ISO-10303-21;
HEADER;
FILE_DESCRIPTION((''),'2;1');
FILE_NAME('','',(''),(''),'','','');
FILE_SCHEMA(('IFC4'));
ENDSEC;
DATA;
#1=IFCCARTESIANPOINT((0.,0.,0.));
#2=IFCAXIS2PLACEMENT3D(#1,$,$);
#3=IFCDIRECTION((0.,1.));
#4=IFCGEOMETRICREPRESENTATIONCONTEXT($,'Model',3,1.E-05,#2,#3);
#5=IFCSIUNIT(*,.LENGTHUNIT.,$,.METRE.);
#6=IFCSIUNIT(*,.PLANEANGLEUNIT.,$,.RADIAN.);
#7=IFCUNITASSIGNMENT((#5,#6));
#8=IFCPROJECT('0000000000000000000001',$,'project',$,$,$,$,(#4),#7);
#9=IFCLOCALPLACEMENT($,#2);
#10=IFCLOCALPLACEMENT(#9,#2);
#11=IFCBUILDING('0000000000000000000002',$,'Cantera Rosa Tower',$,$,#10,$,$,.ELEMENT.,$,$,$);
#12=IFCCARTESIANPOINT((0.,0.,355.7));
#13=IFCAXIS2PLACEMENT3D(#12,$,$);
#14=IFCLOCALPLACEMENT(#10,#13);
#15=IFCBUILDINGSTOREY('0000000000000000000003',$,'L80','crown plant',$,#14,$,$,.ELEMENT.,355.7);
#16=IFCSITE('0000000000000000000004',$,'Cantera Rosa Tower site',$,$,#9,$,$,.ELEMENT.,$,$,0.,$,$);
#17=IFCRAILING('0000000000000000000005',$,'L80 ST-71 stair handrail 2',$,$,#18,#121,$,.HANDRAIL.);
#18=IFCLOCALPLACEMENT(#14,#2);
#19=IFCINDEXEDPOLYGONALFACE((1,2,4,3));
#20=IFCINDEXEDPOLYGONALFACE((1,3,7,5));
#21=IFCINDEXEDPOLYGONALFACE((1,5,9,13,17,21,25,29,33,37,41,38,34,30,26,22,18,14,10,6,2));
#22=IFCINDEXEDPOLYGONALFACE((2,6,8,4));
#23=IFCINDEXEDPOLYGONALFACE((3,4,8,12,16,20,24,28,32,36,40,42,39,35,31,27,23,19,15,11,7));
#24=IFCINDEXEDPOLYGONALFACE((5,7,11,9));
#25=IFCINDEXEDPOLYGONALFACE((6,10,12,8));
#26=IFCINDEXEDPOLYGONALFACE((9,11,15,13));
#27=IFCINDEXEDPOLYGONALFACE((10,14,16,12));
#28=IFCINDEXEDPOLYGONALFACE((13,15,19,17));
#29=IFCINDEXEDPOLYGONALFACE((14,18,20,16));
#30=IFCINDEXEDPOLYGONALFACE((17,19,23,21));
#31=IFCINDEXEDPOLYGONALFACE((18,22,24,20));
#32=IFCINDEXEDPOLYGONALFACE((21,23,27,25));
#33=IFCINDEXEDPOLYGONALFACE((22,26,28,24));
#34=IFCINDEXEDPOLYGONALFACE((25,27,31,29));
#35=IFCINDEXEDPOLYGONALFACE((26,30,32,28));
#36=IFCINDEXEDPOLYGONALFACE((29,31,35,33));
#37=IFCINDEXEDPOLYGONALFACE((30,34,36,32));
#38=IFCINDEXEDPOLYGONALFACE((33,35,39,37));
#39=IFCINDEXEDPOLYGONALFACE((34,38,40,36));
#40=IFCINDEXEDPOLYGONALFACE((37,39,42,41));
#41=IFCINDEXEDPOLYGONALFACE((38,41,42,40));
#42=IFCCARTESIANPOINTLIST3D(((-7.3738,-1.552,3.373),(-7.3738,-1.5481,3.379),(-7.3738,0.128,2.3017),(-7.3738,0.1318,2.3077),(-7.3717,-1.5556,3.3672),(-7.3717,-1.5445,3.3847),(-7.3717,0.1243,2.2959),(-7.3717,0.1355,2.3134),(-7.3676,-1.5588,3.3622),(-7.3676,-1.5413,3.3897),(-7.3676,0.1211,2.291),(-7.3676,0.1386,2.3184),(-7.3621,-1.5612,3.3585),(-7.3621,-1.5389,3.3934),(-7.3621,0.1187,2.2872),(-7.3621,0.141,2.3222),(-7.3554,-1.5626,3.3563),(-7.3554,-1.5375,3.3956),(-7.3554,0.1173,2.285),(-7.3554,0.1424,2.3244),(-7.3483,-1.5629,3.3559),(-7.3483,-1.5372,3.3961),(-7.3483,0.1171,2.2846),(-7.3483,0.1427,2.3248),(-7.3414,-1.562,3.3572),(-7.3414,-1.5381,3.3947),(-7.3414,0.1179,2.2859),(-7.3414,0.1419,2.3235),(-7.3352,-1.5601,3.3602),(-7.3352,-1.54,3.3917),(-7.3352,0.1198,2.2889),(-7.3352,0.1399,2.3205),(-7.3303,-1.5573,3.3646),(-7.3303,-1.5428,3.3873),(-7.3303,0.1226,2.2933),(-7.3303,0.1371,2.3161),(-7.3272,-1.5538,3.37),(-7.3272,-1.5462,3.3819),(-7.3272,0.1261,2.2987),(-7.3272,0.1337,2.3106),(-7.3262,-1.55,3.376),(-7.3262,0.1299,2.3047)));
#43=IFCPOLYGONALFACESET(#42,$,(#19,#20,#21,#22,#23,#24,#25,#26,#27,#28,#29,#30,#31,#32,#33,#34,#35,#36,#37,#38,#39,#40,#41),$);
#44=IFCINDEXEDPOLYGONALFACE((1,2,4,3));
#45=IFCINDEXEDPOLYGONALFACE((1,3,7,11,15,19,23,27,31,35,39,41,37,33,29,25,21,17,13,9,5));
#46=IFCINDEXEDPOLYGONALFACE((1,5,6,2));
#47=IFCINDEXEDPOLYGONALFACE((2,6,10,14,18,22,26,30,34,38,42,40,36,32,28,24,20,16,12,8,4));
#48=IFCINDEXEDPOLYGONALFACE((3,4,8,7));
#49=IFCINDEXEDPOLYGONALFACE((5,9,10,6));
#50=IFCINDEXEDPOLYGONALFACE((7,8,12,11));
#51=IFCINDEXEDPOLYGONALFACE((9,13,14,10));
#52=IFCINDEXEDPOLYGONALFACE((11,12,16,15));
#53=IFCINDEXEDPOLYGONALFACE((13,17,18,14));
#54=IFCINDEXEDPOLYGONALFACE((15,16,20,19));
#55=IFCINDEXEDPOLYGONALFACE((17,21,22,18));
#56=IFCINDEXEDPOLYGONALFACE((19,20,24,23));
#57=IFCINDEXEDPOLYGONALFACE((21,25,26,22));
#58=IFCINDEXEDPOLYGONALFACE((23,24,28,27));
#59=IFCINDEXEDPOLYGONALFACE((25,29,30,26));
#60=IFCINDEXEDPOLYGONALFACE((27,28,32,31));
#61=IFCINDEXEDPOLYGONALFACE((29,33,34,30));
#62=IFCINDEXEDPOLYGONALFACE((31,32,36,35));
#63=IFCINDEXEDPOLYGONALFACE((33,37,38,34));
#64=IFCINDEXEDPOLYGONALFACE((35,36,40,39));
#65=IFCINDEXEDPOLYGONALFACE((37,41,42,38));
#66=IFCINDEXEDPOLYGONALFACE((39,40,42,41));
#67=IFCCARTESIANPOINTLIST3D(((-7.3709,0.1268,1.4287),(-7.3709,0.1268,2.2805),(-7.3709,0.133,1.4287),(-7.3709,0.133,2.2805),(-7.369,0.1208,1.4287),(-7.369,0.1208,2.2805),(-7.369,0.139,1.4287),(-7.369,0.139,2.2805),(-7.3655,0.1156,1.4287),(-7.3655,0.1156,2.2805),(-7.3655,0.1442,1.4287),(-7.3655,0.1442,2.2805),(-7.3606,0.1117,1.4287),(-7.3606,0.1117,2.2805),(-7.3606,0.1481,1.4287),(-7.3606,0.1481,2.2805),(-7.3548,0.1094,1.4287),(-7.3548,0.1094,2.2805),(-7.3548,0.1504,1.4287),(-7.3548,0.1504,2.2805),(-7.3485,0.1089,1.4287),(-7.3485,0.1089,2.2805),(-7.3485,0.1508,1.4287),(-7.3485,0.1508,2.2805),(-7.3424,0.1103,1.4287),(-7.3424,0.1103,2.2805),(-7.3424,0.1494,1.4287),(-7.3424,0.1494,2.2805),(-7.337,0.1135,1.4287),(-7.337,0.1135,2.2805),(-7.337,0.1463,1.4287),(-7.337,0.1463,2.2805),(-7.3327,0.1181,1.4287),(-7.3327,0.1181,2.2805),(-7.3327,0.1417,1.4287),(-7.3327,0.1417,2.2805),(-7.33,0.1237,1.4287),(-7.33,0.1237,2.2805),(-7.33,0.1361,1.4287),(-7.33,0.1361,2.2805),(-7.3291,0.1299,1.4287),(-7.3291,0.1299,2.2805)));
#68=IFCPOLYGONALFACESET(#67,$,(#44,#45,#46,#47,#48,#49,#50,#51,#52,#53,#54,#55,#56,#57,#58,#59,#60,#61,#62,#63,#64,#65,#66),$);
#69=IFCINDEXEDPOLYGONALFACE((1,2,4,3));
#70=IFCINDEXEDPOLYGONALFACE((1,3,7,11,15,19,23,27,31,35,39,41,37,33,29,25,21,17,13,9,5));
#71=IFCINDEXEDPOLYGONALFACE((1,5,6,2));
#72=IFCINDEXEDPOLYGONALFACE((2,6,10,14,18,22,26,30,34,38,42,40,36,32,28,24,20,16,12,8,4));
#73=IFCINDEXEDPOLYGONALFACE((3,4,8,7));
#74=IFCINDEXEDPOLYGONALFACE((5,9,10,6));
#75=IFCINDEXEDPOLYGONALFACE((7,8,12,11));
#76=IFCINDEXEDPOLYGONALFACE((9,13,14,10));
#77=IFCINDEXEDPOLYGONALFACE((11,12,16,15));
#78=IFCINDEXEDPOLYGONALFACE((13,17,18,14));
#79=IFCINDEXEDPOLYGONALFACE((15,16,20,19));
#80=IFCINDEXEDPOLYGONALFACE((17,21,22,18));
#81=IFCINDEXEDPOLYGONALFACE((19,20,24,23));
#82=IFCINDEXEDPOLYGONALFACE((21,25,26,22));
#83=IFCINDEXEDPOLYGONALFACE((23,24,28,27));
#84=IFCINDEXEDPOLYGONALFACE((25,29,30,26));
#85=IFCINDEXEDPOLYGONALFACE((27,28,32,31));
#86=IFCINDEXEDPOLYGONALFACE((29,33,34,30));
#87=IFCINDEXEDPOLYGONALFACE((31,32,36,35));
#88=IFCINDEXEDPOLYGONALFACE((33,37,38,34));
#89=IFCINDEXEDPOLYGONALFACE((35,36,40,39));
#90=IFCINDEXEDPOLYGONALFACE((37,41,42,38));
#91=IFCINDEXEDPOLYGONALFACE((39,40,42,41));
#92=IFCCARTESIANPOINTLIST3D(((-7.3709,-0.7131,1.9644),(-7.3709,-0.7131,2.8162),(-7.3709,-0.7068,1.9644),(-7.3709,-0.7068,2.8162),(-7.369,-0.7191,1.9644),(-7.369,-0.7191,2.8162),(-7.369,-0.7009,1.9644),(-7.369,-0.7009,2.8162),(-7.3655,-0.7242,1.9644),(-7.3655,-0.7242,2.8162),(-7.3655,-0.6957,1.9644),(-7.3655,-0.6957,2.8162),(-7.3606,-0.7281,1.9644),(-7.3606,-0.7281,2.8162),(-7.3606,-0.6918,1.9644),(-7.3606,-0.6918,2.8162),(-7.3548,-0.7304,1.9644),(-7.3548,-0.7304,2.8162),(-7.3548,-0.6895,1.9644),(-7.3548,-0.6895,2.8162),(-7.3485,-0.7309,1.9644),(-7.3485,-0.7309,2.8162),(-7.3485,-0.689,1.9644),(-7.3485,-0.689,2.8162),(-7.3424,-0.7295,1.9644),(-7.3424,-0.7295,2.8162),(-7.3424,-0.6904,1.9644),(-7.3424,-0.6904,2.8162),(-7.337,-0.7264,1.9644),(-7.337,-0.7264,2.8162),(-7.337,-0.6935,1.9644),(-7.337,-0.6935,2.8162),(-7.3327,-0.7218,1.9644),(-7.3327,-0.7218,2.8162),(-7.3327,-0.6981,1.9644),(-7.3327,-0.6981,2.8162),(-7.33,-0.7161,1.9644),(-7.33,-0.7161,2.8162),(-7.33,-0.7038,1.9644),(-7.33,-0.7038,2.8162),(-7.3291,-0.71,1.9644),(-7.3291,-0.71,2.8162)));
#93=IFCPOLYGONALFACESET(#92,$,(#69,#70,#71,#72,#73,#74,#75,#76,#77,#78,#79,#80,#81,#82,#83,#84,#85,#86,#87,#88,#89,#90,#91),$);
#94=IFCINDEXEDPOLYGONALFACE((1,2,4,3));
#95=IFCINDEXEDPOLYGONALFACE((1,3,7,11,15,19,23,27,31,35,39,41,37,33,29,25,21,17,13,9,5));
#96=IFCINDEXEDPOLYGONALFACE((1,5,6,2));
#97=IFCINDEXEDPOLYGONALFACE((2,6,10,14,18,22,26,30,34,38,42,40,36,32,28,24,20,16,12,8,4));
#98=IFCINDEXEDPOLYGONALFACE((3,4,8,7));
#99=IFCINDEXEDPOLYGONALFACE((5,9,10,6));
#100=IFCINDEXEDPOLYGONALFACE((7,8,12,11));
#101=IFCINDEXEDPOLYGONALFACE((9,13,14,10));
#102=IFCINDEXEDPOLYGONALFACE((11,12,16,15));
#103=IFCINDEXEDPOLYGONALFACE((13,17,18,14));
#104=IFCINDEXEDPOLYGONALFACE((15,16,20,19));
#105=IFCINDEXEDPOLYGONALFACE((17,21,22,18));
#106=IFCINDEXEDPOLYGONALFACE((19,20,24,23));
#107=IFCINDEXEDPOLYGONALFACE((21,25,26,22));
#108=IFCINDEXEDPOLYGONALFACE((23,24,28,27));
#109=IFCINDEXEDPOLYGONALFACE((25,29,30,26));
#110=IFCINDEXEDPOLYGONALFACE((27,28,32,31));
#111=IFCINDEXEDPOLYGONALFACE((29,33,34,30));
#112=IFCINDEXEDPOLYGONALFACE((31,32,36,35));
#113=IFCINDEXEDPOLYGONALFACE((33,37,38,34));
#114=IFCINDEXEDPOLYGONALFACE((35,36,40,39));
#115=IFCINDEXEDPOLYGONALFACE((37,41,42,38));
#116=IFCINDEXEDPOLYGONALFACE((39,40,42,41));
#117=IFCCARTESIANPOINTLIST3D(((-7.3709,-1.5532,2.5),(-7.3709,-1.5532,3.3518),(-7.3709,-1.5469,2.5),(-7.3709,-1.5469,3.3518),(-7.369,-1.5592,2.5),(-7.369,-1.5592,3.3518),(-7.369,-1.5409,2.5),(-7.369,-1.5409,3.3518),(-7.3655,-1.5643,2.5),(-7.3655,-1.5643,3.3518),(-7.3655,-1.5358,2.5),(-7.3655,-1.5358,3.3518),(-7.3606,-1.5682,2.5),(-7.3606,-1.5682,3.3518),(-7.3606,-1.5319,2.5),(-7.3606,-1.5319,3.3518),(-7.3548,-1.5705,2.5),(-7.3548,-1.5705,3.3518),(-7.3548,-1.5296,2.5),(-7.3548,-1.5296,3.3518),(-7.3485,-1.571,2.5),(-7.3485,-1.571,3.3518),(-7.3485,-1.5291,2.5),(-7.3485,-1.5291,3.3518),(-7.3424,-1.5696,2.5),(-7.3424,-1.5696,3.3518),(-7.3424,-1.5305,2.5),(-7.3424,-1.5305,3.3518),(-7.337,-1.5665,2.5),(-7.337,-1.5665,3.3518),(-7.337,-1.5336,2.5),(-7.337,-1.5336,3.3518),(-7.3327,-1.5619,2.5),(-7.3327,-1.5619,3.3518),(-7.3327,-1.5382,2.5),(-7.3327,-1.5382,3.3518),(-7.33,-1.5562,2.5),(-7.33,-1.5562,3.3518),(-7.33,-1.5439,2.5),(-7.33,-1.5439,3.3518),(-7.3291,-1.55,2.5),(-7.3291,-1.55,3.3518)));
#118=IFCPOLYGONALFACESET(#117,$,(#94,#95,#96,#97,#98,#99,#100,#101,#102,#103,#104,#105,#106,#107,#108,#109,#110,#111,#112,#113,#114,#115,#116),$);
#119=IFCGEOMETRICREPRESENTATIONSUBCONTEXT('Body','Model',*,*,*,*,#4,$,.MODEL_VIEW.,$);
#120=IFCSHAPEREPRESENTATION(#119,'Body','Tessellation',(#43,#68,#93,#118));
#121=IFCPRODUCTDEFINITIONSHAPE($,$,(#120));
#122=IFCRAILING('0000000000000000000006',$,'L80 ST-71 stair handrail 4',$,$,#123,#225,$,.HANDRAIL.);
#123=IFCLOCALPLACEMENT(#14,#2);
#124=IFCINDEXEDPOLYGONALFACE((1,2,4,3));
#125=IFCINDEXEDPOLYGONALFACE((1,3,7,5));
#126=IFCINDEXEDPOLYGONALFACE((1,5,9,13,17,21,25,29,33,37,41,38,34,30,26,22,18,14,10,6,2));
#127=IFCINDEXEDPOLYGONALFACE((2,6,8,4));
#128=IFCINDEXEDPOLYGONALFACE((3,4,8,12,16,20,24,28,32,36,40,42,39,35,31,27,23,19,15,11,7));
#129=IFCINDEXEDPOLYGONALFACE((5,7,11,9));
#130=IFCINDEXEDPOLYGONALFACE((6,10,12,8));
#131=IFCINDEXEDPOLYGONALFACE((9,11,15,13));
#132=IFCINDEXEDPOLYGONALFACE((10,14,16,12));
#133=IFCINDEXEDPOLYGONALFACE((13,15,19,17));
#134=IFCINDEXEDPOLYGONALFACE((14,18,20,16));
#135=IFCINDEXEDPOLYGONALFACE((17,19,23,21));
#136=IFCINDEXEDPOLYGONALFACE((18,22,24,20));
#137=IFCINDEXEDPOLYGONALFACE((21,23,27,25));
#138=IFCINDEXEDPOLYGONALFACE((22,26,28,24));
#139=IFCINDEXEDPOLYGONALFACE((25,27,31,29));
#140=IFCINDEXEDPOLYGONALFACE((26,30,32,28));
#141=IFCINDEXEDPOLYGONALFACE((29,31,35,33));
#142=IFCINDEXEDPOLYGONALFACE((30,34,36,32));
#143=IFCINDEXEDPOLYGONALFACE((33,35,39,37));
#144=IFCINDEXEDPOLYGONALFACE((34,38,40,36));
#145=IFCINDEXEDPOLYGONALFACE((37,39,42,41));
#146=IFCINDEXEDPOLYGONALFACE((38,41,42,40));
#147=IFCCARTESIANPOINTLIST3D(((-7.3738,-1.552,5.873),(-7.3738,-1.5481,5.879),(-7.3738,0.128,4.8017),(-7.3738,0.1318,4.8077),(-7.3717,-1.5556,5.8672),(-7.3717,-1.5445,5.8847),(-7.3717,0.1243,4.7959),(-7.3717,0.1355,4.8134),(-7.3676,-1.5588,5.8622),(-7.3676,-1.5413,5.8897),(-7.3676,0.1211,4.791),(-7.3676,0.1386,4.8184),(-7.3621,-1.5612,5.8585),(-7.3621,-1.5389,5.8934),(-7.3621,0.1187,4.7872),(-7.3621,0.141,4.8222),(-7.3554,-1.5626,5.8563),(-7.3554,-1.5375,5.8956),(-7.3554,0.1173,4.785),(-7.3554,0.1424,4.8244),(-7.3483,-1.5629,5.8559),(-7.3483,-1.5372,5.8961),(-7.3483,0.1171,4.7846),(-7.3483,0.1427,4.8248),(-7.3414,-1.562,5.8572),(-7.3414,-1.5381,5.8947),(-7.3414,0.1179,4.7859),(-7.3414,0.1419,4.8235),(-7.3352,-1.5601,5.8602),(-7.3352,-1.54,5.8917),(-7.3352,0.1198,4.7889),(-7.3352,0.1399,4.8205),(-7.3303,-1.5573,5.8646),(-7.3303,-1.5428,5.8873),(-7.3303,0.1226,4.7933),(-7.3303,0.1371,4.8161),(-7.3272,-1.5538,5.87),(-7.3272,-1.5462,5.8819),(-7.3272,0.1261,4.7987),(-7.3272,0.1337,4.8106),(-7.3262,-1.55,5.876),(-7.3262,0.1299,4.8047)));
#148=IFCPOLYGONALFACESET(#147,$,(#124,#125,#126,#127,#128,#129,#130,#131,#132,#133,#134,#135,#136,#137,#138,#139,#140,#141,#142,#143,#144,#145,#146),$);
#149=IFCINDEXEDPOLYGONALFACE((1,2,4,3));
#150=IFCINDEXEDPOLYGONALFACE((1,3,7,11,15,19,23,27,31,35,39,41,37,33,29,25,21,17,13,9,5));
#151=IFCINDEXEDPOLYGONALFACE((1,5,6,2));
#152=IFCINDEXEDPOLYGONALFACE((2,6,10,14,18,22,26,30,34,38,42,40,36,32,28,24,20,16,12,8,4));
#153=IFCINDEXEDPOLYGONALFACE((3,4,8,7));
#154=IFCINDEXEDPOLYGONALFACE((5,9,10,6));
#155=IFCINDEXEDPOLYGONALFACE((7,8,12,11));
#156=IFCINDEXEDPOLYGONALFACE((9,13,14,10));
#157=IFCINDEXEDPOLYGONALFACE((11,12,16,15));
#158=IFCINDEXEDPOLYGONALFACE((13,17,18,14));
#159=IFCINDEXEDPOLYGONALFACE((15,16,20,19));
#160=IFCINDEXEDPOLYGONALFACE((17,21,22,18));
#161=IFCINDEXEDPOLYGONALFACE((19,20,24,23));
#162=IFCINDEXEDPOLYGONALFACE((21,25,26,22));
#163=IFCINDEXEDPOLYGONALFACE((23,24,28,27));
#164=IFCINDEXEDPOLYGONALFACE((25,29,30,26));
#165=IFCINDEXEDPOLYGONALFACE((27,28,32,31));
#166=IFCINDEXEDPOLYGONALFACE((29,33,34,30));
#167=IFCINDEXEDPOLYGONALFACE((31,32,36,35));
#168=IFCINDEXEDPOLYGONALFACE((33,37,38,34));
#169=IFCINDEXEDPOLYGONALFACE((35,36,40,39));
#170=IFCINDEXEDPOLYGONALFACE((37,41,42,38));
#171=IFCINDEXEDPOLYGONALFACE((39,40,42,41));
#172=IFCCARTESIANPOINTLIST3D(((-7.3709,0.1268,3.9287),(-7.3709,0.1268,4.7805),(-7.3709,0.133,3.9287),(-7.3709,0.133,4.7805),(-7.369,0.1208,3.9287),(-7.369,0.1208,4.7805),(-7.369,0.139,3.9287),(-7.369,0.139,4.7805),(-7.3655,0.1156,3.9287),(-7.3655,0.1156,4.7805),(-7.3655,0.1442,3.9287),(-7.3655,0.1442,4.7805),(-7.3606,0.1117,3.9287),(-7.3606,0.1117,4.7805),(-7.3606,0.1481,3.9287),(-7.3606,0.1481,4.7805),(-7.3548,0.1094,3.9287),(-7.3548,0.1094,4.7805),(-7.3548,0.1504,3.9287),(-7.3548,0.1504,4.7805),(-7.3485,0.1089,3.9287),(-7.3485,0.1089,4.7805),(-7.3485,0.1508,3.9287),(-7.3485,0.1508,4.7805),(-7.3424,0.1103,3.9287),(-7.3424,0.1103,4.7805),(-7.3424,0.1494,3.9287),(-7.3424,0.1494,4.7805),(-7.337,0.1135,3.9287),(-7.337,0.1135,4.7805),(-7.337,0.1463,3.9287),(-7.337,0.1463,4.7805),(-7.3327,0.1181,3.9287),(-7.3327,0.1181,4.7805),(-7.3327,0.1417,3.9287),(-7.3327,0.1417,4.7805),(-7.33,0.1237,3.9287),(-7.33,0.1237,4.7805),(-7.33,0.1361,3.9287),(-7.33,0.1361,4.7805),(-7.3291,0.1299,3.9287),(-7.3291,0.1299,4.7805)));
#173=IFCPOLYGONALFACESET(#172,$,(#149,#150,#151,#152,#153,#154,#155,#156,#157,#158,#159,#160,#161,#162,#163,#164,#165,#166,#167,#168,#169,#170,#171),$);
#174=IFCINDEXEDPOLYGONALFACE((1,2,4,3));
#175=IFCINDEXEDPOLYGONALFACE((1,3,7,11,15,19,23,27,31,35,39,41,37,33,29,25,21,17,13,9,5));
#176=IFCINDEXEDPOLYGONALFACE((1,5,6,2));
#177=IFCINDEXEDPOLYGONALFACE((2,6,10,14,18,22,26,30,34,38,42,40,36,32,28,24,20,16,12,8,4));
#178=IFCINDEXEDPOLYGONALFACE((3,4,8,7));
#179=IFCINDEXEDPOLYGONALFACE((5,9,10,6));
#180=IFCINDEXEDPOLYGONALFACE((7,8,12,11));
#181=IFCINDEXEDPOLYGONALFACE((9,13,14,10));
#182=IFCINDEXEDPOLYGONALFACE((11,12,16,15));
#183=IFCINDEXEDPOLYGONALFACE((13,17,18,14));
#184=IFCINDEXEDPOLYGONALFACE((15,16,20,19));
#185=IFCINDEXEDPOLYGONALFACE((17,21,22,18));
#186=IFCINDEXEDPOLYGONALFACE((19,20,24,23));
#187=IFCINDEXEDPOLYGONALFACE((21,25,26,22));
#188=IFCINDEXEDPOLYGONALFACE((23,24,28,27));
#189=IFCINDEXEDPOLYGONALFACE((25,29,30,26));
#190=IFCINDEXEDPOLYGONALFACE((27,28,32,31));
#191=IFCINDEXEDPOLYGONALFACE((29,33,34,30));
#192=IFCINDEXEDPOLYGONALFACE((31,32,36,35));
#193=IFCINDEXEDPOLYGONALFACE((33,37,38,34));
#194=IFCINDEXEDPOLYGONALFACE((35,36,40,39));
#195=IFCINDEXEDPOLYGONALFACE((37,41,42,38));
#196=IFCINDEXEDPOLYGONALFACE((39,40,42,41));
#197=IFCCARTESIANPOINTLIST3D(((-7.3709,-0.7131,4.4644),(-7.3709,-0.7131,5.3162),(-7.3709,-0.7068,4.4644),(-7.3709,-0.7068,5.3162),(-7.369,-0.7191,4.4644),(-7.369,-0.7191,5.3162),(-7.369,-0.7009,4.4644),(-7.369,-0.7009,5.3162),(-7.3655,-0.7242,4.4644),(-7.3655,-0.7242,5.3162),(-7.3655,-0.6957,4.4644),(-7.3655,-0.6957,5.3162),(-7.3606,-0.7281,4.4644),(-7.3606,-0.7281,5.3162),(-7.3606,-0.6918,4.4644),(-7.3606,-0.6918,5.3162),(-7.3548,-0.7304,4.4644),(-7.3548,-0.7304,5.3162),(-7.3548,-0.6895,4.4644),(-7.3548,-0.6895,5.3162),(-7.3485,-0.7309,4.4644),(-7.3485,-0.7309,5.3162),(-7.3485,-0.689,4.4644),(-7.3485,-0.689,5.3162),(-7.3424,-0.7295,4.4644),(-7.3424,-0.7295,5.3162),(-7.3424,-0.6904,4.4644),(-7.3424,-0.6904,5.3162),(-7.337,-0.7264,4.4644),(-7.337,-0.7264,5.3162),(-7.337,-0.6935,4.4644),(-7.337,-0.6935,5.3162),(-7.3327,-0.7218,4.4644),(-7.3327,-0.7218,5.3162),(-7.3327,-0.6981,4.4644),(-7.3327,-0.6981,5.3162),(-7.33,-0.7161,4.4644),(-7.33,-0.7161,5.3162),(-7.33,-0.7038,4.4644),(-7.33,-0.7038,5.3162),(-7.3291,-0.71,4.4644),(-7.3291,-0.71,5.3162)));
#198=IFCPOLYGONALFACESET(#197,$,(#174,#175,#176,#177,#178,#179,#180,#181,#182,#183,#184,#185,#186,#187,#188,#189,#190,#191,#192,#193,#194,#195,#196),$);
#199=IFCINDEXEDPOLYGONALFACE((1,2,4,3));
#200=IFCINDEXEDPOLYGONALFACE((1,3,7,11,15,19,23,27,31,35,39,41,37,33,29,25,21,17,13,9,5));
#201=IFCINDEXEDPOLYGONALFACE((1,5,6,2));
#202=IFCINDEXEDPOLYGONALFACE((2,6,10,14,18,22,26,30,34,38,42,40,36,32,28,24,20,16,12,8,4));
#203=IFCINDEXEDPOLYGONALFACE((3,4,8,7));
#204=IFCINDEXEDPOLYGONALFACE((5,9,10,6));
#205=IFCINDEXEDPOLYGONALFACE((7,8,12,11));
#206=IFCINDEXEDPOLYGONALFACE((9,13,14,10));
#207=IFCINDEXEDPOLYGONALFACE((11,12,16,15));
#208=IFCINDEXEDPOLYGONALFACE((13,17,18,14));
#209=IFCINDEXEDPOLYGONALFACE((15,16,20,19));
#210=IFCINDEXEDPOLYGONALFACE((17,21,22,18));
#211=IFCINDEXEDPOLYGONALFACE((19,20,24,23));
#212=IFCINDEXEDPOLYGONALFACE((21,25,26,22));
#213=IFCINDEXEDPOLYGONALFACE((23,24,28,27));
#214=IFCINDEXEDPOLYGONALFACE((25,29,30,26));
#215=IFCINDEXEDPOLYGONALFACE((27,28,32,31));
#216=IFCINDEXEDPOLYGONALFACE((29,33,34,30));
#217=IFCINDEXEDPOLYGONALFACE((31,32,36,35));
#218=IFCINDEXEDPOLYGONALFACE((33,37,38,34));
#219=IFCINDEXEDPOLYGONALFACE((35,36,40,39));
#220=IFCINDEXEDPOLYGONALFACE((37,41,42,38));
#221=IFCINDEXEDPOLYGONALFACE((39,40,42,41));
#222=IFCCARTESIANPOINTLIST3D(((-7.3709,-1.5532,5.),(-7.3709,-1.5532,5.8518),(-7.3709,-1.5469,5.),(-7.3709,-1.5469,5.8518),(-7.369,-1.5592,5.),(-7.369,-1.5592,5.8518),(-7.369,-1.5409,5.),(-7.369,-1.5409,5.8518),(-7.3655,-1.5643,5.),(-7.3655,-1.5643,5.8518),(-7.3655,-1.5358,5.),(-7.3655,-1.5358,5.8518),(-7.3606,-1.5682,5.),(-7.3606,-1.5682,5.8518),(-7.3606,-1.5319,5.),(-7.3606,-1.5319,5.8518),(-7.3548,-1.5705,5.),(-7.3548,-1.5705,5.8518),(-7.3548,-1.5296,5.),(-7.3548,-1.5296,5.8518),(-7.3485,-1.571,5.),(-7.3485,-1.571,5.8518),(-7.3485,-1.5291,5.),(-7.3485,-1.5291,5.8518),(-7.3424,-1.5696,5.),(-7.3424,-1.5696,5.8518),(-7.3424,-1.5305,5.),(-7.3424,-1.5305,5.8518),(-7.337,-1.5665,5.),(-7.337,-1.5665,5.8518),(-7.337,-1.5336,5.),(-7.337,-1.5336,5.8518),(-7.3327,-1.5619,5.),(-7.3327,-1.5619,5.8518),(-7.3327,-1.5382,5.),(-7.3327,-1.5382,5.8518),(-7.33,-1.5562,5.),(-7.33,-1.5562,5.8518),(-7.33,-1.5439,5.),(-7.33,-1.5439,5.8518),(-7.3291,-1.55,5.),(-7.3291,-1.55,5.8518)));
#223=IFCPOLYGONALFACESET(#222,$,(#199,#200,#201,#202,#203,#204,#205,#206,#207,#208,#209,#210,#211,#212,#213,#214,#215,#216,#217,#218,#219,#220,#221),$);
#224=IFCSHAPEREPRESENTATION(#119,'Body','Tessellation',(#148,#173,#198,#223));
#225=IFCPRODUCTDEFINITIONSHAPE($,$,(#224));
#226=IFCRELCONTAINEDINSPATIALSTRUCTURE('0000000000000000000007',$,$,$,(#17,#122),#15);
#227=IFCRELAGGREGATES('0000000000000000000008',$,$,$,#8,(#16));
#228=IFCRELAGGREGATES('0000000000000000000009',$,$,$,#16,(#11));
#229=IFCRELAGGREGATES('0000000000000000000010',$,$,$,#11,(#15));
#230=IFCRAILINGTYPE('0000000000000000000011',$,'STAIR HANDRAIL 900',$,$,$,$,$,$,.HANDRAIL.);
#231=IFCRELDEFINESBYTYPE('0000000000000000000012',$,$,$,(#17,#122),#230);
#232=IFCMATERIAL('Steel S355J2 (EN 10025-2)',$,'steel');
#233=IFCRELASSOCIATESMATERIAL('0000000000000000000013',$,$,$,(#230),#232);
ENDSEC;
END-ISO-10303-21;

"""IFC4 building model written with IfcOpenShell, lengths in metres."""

from ifc_helpers import new_model, si_unit, direction, frame, origin, origin_2d, place, context, subcontext, project, spatial, circle, extrude, material, type_object, element, save


model = new_model("IFC4")

# Units and contexts
model_context = context("Model", 3, precision=1e-05, world=origin(), true_north=direction((0.0, 1.0)))
body_context = subcontext(model_context, "Body", "Model", "MODEL_VIEW")
ifc_project = project(units=[si_unit("LENGTHUNIT", "METRE"), si_unit("PLANEANGLEUNIT", "RADIAN")], contexts=[model_context])

# Site, building, storey
site_placement = place(None, origin())
site = spatial("IfcSite", under=ifc_project, at=site_placement, Name="Cantera Rosa Tower site", CompositionType="ELEMENT", RefElevation=0.0)
building_placement = place(site_placement, origin())
building = spatial("IfcBuilding", under=site, at=building_placement, Name="Cantera Rosa Tower", CompositionType="ELEMENT")
storey_placement = place(building_placement, frame((0.0, 0.0, 355.7)))
storey = spatial("IfcBuildingStorey", under=building, at=storey_placement, Name="L80", Description="crown plant", CompositionType="ELEMENT", Elevation=355.7)

# Railings
ifc_material_1 = material(Name="Steel S355J2 (EN 10025-2)", Category="steel")
railing_type_1 = type_object("IfcRailingType", Name="STAIR HANDRAIL 900", PredefinedType="HANDRAIL", material=ifc_material_1)
for number, where, name in (
    (1, (-7.3501, 0.1299, 1.4287), "L80 ST-71 stair handrail 2"),
    (2, (-7.3501, 0.1299, 3.9287), "L80 ST-71 stair handrail 4"),
):
    element("IfcRailing", number, at=place(storey_placement, frame(where)), inside=storey, type_object=railing_type_1, Name=name, PredefinedType="HANDRAIL", context=body_context, shape_type="SweptSolid", body=[
        extrude(circle(Radius=0.0239, at=origin_2d()), frame((0.0, 0.0, 0.876), z_axis=(0.0, -0.843152, 0.537676), x_axis=(1.0, 0.0, 0.0)), (0.0, 0.0, 1.0), 1.9924),
        extrude(circle(Radius=0.021, at=origin_2d()), origin(), (0.0, 0.0, 1.0), 0.8518),
        extrude(circle(Radius=0.021, at=origin_2d()), frame((0.0, -0.8398, 0.5356)), (0.0, 0.0, 1.0), 0.8518),
        extrude(circle(Radius=0.021, at=origin_2d()), frame((0.0, -1.6799, 1.0713)), (0.0, 0.0, 1.0), 0.8518),
    ])

save(model, "model.ifc")
